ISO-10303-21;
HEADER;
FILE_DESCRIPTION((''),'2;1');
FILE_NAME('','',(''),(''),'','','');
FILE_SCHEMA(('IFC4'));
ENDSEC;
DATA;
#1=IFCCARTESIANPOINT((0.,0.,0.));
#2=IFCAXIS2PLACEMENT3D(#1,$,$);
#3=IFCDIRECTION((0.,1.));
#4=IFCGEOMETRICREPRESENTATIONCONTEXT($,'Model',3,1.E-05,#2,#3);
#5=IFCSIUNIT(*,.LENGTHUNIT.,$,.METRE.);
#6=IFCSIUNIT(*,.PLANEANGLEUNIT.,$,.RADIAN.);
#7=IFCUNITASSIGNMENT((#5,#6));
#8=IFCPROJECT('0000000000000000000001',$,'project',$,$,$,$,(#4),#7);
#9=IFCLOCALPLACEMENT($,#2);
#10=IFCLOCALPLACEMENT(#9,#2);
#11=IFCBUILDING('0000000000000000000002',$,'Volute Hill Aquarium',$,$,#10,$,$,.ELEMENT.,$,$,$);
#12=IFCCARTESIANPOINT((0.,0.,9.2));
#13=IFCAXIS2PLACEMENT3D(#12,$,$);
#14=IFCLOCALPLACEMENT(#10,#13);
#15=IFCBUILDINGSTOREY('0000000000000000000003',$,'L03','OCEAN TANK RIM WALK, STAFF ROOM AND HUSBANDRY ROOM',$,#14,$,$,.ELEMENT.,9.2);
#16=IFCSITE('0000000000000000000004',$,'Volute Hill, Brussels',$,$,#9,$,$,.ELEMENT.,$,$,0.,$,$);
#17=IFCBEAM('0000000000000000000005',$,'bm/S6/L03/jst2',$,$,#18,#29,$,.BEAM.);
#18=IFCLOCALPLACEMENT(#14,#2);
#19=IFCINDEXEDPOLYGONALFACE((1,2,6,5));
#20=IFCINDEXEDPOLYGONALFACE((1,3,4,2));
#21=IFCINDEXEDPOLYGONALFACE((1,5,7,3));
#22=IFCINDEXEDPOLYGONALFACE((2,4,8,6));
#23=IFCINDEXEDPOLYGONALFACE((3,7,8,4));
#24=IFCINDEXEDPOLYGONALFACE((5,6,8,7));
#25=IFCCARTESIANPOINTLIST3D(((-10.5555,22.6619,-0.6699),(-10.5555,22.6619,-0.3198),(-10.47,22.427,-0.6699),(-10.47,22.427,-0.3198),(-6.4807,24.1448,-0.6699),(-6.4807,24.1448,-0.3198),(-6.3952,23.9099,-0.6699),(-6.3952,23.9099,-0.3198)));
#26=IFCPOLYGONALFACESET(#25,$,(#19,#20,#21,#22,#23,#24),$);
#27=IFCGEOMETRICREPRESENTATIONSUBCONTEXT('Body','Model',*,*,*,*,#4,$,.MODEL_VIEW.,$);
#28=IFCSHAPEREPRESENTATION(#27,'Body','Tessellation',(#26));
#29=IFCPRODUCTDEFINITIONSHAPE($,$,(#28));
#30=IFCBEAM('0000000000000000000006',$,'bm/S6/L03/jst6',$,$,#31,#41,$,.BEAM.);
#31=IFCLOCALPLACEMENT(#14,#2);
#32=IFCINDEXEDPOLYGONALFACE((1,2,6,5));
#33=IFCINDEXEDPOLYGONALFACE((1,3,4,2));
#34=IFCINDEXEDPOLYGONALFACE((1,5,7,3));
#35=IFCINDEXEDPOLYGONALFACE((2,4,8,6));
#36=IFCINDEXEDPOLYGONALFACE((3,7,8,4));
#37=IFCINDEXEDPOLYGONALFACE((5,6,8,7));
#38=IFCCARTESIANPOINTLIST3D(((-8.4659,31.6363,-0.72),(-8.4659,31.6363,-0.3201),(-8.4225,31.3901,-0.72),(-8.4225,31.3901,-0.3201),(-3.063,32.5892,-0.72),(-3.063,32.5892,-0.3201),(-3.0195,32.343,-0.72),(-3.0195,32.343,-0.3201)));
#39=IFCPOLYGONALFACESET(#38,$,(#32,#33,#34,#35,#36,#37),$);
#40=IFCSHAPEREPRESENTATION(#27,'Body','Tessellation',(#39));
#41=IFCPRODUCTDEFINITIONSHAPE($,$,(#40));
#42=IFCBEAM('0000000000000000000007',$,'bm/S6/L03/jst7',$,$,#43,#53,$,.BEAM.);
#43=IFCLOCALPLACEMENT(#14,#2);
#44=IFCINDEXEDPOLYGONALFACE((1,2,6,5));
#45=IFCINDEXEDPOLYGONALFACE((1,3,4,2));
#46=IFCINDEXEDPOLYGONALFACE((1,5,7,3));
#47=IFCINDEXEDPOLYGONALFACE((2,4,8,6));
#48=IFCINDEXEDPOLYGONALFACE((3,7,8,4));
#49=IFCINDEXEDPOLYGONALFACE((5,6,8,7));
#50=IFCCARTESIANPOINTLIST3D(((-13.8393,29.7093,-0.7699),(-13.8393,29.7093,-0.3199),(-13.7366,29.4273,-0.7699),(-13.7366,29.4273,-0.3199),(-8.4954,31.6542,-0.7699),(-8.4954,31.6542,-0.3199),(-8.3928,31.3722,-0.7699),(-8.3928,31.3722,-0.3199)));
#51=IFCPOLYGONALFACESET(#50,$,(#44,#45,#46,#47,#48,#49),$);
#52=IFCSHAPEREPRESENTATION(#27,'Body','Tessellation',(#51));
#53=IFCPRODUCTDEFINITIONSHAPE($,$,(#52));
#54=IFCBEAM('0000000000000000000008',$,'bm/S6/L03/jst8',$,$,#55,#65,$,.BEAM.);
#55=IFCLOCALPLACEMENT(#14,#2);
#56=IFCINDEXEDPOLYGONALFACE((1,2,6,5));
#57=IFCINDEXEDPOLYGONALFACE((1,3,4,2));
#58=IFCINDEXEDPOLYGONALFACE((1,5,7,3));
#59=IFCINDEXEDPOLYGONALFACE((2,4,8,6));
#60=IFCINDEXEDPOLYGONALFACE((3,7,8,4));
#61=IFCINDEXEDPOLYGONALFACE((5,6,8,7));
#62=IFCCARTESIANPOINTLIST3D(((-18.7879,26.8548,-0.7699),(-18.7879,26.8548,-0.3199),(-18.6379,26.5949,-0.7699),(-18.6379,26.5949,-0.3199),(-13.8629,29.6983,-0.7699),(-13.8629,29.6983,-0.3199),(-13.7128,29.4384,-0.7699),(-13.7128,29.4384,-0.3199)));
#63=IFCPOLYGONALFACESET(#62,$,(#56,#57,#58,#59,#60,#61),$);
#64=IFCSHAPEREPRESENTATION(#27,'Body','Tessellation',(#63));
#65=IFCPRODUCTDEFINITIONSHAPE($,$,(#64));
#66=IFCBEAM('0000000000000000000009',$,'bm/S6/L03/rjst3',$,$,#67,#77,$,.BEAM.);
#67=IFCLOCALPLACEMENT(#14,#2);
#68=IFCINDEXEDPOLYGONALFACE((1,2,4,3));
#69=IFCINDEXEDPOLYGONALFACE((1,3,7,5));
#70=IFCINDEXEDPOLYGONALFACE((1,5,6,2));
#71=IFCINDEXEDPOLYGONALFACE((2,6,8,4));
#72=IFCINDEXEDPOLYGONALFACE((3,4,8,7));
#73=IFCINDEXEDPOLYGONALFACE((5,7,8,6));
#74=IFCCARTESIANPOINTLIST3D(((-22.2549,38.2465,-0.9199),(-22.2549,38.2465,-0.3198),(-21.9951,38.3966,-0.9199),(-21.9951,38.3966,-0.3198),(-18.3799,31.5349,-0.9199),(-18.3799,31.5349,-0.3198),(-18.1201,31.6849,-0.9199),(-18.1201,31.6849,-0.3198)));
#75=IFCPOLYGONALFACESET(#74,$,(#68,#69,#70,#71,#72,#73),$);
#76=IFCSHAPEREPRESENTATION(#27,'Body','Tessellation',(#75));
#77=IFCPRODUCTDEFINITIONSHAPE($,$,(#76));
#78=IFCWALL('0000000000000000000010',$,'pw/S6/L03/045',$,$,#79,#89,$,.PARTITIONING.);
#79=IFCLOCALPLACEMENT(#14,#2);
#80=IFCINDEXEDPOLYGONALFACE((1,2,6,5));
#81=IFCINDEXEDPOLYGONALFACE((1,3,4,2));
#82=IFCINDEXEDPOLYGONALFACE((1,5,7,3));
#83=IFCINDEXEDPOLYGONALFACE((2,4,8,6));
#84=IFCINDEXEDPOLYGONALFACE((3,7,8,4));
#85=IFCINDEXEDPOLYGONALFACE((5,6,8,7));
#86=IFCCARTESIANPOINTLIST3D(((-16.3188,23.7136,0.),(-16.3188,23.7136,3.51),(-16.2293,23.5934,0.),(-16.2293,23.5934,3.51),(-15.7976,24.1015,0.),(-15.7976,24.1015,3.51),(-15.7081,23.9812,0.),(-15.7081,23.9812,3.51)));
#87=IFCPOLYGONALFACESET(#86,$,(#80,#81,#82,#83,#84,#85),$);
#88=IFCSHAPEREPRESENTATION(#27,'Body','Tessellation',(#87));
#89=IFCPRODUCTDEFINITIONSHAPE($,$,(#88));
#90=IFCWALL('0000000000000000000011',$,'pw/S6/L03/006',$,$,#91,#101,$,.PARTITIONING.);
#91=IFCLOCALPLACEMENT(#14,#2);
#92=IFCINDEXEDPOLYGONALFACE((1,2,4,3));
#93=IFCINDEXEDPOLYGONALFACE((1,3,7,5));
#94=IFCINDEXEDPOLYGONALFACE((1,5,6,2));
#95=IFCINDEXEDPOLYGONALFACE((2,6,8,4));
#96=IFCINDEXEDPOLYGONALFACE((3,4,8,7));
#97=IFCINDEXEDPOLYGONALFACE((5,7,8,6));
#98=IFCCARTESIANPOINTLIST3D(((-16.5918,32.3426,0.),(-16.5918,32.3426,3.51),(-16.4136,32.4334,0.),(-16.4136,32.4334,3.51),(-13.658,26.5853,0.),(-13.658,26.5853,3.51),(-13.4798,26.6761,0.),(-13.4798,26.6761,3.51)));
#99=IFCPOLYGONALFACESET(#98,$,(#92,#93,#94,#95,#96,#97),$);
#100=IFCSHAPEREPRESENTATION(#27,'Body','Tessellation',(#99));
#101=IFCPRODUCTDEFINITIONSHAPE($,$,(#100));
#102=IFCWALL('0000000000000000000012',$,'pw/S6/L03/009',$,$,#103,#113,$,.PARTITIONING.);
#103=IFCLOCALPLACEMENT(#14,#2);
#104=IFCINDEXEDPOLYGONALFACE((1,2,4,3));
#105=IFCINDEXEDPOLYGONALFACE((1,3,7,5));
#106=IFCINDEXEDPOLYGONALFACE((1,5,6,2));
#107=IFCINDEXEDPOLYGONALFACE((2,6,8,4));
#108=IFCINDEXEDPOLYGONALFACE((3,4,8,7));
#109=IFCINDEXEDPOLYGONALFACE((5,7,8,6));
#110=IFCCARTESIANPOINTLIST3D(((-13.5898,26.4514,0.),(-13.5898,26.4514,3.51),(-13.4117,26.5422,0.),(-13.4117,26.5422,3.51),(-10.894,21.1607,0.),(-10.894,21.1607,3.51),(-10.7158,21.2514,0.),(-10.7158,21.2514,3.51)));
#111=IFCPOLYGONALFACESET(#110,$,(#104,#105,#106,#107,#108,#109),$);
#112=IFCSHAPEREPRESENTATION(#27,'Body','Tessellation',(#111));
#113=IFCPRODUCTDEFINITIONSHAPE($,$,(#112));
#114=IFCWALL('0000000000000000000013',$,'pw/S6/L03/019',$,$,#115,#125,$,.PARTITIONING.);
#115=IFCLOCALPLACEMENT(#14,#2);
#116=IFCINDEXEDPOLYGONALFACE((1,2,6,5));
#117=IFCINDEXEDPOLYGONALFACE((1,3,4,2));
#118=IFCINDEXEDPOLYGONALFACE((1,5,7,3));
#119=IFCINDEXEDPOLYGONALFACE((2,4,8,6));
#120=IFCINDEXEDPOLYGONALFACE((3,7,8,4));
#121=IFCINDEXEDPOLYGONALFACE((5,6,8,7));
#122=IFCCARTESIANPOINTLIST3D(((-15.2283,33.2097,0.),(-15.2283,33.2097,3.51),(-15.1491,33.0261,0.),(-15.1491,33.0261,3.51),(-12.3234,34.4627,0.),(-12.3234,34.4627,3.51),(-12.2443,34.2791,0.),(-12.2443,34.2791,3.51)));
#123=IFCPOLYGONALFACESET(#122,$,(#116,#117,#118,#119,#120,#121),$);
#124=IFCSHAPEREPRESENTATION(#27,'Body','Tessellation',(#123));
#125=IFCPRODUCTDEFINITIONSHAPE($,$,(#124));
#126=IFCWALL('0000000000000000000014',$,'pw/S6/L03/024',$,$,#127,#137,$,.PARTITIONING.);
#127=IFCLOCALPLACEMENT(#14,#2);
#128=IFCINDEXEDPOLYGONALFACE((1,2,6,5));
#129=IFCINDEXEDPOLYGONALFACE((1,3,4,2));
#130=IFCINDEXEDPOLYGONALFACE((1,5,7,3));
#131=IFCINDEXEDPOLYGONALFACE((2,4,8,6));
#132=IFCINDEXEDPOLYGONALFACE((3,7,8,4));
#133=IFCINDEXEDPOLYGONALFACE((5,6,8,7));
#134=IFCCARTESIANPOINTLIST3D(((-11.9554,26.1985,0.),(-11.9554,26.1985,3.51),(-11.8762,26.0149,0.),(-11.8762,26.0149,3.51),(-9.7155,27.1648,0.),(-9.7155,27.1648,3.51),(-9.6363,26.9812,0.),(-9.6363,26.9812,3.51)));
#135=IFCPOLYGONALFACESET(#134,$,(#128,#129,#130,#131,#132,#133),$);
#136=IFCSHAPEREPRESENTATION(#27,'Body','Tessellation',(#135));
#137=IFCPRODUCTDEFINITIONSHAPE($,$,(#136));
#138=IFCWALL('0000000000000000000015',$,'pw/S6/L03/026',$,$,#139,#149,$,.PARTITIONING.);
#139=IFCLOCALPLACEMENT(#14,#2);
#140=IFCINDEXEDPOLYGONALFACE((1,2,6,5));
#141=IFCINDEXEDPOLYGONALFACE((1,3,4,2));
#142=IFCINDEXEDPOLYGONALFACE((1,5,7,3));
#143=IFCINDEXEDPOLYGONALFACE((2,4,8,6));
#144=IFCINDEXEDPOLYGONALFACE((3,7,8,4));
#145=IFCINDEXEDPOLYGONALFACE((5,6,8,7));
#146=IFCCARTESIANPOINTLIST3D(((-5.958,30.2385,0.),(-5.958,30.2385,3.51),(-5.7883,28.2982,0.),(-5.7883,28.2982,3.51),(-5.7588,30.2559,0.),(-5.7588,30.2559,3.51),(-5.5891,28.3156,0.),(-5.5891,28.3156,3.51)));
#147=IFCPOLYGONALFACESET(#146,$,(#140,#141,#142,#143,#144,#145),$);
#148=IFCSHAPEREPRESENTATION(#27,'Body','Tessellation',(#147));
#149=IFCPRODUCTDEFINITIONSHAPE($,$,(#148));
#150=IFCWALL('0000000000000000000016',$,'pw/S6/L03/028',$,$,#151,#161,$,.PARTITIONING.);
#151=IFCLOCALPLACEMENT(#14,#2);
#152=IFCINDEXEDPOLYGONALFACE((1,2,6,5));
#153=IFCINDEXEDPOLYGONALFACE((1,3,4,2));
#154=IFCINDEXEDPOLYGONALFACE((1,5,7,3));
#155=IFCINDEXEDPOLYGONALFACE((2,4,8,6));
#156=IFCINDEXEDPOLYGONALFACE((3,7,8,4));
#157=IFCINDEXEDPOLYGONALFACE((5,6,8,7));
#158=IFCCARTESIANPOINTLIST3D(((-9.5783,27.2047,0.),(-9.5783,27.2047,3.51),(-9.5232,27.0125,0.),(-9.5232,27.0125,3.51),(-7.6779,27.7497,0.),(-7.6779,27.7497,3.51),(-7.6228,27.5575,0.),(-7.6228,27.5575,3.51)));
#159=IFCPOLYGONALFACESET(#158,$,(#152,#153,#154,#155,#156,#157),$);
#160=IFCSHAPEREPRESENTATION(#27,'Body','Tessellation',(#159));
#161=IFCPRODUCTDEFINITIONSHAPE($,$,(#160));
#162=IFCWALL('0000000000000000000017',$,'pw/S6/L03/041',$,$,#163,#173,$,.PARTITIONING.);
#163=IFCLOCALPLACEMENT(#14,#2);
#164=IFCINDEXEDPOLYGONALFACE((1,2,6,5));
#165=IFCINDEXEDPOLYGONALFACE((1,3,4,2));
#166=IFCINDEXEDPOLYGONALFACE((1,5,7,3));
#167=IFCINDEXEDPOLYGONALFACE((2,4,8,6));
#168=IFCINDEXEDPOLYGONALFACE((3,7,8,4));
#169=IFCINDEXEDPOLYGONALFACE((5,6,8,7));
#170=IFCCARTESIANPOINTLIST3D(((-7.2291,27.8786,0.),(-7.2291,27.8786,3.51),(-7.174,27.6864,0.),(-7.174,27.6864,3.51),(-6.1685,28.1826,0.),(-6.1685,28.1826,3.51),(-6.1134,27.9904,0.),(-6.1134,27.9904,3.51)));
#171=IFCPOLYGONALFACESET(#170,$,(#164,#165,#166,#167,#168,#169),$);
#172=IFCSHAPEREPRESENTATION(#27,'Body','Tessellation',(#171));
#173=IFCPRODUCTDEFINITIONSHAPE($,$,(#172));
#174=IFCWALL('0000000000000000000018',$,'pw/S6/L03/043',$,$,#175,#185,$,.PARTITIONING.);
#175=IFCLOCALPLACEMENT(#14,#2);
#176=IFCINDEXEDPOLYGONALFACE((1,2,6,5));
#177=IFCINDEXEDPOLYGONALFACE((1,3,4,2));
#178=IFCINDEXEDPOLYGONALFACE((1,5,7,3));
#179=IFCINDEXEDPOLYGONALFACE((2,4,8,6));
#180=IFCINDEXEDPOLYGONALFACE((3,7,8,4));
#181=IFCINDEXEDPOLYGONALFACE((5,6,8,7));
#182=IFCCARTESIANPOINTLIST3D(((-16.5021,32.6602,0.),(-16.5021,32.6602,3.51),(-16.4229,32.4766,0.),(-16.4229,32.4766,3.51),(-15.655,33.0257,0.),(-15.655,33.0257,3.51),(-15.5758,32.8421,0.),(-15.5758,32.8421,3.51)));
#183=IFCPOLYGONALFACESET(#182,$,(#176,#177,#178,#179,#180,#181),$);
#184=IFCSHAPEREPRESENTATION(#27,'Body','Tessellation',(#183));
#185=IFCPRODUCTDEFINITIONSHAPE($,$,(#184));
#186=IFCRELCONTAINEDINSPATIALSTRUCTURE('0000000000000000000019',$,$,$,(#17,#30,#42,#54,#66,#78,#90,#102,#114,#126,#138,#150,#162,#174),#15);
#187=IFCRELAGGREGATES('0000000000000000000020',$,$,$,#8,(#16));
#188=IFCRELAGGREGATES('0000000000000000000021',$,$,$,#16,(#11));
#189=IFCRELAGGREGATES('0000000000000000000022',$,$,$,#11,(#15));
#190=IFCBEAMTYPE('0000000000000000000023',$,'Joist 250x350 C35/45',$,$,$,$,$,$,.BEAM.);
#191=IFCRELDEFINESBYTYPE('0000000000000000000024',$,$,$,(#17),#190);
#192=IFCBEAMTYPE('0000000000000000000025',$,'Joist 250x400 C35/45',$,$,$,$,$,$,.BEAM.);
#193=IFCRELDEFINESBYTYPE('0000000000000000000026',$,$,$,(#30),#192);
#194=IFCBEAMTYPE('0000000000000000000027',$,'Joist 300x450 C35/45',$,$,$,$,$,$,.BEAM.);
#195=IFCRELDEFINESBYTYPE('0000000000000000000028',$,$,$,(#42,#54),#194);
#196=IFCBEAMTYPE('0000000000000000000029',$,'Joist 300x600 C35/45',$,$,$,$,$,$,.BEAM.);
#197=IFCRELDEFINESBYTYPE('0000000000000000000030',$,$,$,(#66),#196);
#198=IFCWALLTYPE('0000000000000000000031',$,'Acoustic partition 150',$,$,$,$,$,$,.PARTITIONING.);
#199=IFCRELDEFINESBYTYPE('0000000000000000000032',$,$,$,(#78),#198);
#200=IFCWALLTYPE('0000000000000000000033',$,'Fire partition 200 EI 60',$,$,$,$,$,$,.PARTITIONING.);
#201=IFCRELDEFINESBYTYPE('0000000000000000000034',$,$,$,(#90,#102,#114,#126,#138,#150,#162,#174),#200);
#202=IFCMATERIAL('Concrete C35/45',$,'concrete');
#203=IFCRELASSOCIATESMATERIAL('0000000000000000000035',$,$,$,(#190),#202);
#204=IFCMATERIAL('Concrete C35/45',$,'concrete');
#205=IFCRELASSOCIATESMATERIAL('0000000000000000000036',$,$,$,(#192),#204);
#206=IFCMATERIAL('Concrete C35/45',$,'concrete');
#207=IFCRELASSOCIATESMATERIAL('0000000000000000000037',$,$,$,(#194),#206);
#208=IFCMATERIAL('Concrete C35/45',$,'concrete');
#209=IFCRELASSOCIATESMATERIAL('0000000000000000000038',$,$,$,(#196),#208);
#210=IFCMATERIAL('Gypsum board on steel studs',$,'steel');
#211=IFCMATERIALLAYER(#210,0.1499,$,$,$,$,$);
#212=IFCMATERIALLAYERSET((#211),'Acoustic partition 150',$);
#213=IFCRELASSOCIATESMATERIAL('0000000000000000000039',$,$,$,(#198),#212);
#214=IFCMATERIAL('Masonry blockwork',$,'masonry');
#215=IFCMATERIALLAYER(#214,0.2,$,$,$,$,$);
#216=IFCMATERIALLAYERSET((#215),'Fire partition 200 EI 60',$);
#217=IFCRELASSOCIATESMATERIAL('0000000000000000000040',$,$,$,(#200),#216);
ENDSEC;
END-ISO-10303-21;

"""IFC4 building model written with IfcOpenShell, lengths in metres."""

from ifc_helpers import new_model, si_unit, direction, frame, frame_2d, origin, origin_2d, place, context, subcontext, project, spatial, rectangle, extrude, material, layer, layer_set, material_profile, profile_set, type_object, element, save


model = new_model("IFC4")

# Units and contexts
model_context = context("Model", 3, precision=1e-05, world=origin(), true_north=direction((0.0, 1.0)))
body_context = subcontext(model_context, "Body", "Model", "MODEL_VIEW")
ifc_project = project(units=[si_unit("LENGTHUNIT", "METRE"), si_unit("PLANEANGLEUNIT", "RADIAN")], contexts=[model_context])

# Site, building, storey
site_placement = place(None, origin())
site = spatial("IfcSite", under=ifc_project, at=site_placement, Name="Volute Hill, Brussels", CompositionType="ELEMENT", RefElevation=0.0)
building_placement = place(site_placement, origin())
building = spatial("IfcBuilding", under=site, at=building_placement, Name="Volute Hill Aquarium", CompositionType="ELEMENT")
storey_placement = place(building_placement, frame((0.0, 0.0, 9.2)))
storey = spatial("IfcBuildingStorey", under=building, at=storey_placement, Name="L03", Description="OCEAN TANK RIM WALK, STAFF ROOM AND HUSBANDRY ROOM", CompositionType="ELEMENT", Elevation=9.2)

# Beams
ifc_material_1 = material(Name="Concrete C35/45", Category="concrete")
ifc_material_profile_1 = material_profile(ifc_material_1, rectangle(XDim=0.25, YDim=0.3501, at=origin_2d()), Name="RC joist 250x350")
ifc_profile_set_1 = profile_set([ifc_material_profile_1], Name="Concrete C35/45")
beam_type_1 = type_object("IfcBeamType", Name="Joist 250x350 C35/45", PredefinedType="BEAM", material=ifc_profile_set_1)
beam_1_placement = place(storey_placement, frame((-6.438, 24.0273, -0.4949), z_axis=(-0.939705, -0.341987, 0.0), x_axis=(0.341987, -0.939705, 0.0)))
element("IfcBeam", 1, at=beam_1_placement, inside=storey, type_object=beam_type_1, Name="bm/S6/L03/jst2", PredefinedType="BEAM", context=body_context, shape_type="SweptSolid", body=[
    extrude(rectangle(XDim=0.25, YDim=0.3501, at=origin_2d()), origin(), (0.0, 0.0, 1.0), 4.3362),
])
ifc_material_2 = material(Name="Concrete C35/45", Category="concrete")
ifc_material_profile_2 = material_profile(ifc_material_2, rectangle(XDim=0.25, YDim=0.3999, at=origin_2d()), Name="RC joist 250x400")
ifc_profile_set_2 = profile_set([ifc_material_profile_2], Name="Concrete C35/45")
beam_type_2 = type_object("IfcBeamType", Name="Joist 250x400 C35/45", PredefinedType="BEAM", material=ifc_profile_set_2)
beam_2_placement = place(storey_placement, frame((-3.0413, 32.4661, -0.52), z_axis=(-0.984801, -0.173686, 0.0), x_axis=(0.173686, -0.984801, 0.0)))
element("IfcBeam", 2, at=beam_2_placement, inside=storey, type_object=beam_type_2, Name="bm/S6/L03/jst6", PredefinedType="BEAM", context=body_context, shape_type="SweptSolid", body=[
    extrude(rectangle(XDim=0.25, YDim=0.3999, at=origin_2d()), origin(), (0.0, 0.0, 1.0), 5.4863),
])
ifc_material_3 = material(Name="Concrete C35/45", Category="concrete")
ifc_material_profile_3 = material_profile(ifc_material_3, rectangle(XDim=0.3, YDim=0.45, at=origin_2d()), Name="RC joist 300x450")
ifc_profile_set_3 = profile_set([ifc_material_profile_3], Name="Concrete C35/45")
beam_type_3 = type_object("IfcBeamType", Name="Joist 300x450 C35/45", PredefinedType="BEAM", material=ifc_profile_set_3)
beam_3_placement = place(storey_placement, frame((-8.4441, 31.5132, -0.5449), z_axis=(-0.939701, -0.341998, 0.0), x_axis=(0.341998, -0.939701, 0.0)))
element("IfcBeam", 3, at=beam_3_placement, inside=storey, type_object=beam_type_3, Name="bm/S6/L03/jst7", PredefinedType="BEAM", context=body_context, shape_type="SweptSolid", body=[
    extrude(rectangle(XDim=0.3, YDim=0.45, at=origin_2d()), origin(), (0.0, 0.0, 1.0), 5.6868),
])
beam_4_placement = place(storey_placement, frame((-13.7878, 29.5684, -0.5449), z_axis=(-0.866023, -0.500004, 0.0), x_axis=(0.500004, -0.866023, 0.0)))
element("IfcBeam", 4, at=beam_4_placement, inside=storey, type_object=beam_type_3, Name="bm/S6/L03/jst8", PredefinedType="BEAM", context=body_context, shape_type="SweptSolid", body=[
    extrude(rectangle(XDim=0.3, YDim=0.45, at=origin_2d()), origin(), (0.0, 0.0, 1.0), 5.687),
])
ifc_material_4 = material(Name="Concrete C35/45", Category="concrete")
ifc_material_profile_4 = material_profile(ifc_material_4, rectangle(XDim=0.3, YDim=0.6001, at=origin_2d()), Name="RC joist 300x600")
ifc_profile_set_4 = profile_set([ifc_material_profile_4], Name="Concrete C35/45")
beam_type_4 = type_object("IfcBeamType", Name="Joist 300x600 C35/45", PredefinedType="BEAM", material=ifc_profile_set_4)
beam_5_placement = place(storey_placement, frame((-18.25, 31.6099, -0.6199), z_axis=(-0.500002, 0.866025, 0.0), x_axis=(-0.866025, -0.500002, 0.0)))
element("IfcBeam", 5, at=beam_5_placement, inside=storey, type_object=beam_type_4, Name="bm/S6/L03/rjst3", PredefinedType="BEAM", context=body_context, shape_type="SweptSolid", body=[
    extrude(rectangle(XDim=0.3, YDim=0.6001, at=origin_2d()), origin(), (0.0, 0.0, 1.0), 7.75),
])

# Walls
ifc_material_5 = material(Name="Gypsum board on steel studs", Category="steel")
ifc_layer_1 = layer(ifc_material_5, 0.1499)
ifc_layer_set_1 = layer_set([ifc_layer_1], Name="Acoustic partition 150")
wall_type_1 = type_object("IfcWallType", Name="Acoustic partition 150", PredefinedType="PARTITIONING", material=ifc_layer_set_1)
wall_1_placement = place(storey_placement, frame((-16.2739, 23.6536, 0.0), z_axis=(0.0, 0.0, 1.0), x_axis=(0.802204, 0.59705, 0.0)))
element("IfcWall", 6, at=wall_1_placement, inside=storey, type_object=wall_type_1, Name="pw/S6/L03/045", PredefinedType="PARTITIONING", context=body_context, shape_type="SweptSolid", body=[
    extrude(rectangle(XDim=0.6497, YDim=0.1499, at=frame_2d((0.3247, 0.0))), origin(), (0.0, 0.0, 1.0), 3.51),
])
ifc_material_6 = material(Name="Masonry blockwork", Category="masonry")
ifc_layer_2 = layer(ifc_material_6, 0.2)
ifc_layer_set_2 = layer_set([ifc_layer_2], Name="Fire partition 200 EI 60")
wall_type_2 = type_object("IfcWallType", Name="Fire partition 200 EI 60", PredefinedType="PARTITIONING", material=ifc_layer_set_2)
wall_2_placement = place(storey_placement, frame((-13.5688, 26.6306, 0.0), z_axis=(0.0, 0.0, 1.0), x_axis=(-0.454032, 0.890986, 0.0)))
element("IfcWall", 7, at=wall_2_placement, inside=storey, type_object=wall_type_2, Name="pw/S6/L03/006", PredefinedType="PARTITIONING", context=body_context, shape_type="SweptSolid", body=[
    extrude(rectangle(XDim=6.4617, YDim=0.2, at=frame_2d((3.231, 0.0))), origin(), (0.0, 0.0, 1.0), 3.51),
])
wall_3_placement = place(storey_placement, frame((-13.5007, 26.4968, 0.0), z_axis=(0.0, 0.0, 1.0), x_axis=(0.453993, -0.891005, 0.0)))
element("IfcWall", 8, at=wall_3_placement, inside=storey, type_object=wall_type_2, Name="pw/S6/L03/009", PredefinedType="PARTITIONING", context=body_context, shape_type="SweptSolid", body=[
    extrude(rectangle(XDim=5.938, YDim=0.2, at=frame_2d((2.969, 0.0))), origin(), (0.0, 0.0, 1.0), 3.51),
])

# Walls
wall_4_placement = place(storey_placement, frame((-15.1887, 33.1179, 0.0), z_axis=(0.0, 0.0, 1.0), x_axis=(0.918224, 0.39606, 0.0)))
element("IfcWall", 9, at=wall_4_placement, inside=storey, type_object=wall_type_2, Name="pw/S6/L03/019", PredefinedType="PARTITIONING", context=body_context, shape_type="SweptSolid", body=[
    extrude(rectangle(XDim=3.1636, YDim=0.2, at=frame_2d((1.5818, 0.0))), origin(), (0.0, 0.0, 1.0), 3.51),
])
wall_5_placement = place(storey_placement, frame((-11.9158, 26.1067, 0.0), z_axis=(0.0, 0.0, 1.0), x_axis=(0.918206, 0.396104, 0.0)))
element("IfcWall", 10, at=wall_5_placement, inside=storey, type_object=wall_type_2, Name="pw/S6/L03/024", PredefinedType="PARTITIONING", context=body_context, shape_type="SweptSolid", body=[
    extrude(rectangle(XDim=2.4395, YDim=0.2, at=frame_2d((1.2197, 0.0))), origin(), (0.0, 0.0, 1.0), 3.51),
])
wall_6_placement = place(storey_placement, frame((-5.6887, 28.3069, 0.0), z_axis=(0.0, 0.0, 1.0), x_axis=(-0.087111, 0.996199, 0.0)))
element("IfcWall", 11, at=wall_6_placement, inside=storey, type_object=wall_type_2, Name="pw/S6/L03/026", PredefinedType="PARTITIONING", context=body_context, shape_type="SweptSolid", body=[
    extrude(rectangle(XDim=1.9478, YDim=0.2, at=frame_2d((0.9739, 0.0))), origin(), (0.0, 0.0, 1.0), 3.51),
])
wall_7_placement = place(storey_placement, frame((-9.5508, 27.1086, 0.0), z_axis=(0.0, 0.0, 1.0), x_axis=(0.961263, 0.275634, 0.0)))
element("IfcWall", 12, at=wall_7_placement, inside=storey, type_object=wall_type_2, Name="pw/S6/L03/028", PredefinedType="PARTITIONING", context=body_context, shape_type="SweptSolid", body=[
    extrude(rectangle(XDim=1.9771, YDim=0.2, at=frame_2d((0.9885, 0.0))), origin(), (0.0, 0.0, 1.0), 3.51),
])
wall_8_placement = place(storey_placement, frame((-7.2017, 27.7825, 0.0), z_axis=(0.0, 0.0, 1.0), x_axis=(0.961298, 0.27551, 0.0)))
element("IfcWall", 13, at=wall_8_placement, inside=storey, type_object=wall_type_2, Name="pw/S6/L03/041", PredefinedType="PARTITIONING", context=body_context, shape_type="SweptSolid", body=[
    extrude(rectangle(XDim=1.1033, YDim=0.2, at=frame_2d((0.5518, 0.0))), origin(), (0.0, 0.0, 1.0), 3.51),
])
wall_9_placement = place(storey_placement, frame((-16.4626, 32.5684, 0.0), z_axis=(0.0, 0.0, 1.0), x_axis=(0.918198, 0.396122, 0.0)))
element("IfcWall", 14, at=wall_9_placement, inside=storey, type_object=wall_type_2, Name="pw/S6/L03/043", PredefinedType="PARTITIONING", context=body_context, shape_type="SweptSolid", body=[
    extrude(rectangle(XDim=0.9226, YDim=0.2, at=frame_2d((0.4614, 0.0))), origin(), (0.0, 0.0, 1.0), 3.51),
])

save(model, "model.ifc")
